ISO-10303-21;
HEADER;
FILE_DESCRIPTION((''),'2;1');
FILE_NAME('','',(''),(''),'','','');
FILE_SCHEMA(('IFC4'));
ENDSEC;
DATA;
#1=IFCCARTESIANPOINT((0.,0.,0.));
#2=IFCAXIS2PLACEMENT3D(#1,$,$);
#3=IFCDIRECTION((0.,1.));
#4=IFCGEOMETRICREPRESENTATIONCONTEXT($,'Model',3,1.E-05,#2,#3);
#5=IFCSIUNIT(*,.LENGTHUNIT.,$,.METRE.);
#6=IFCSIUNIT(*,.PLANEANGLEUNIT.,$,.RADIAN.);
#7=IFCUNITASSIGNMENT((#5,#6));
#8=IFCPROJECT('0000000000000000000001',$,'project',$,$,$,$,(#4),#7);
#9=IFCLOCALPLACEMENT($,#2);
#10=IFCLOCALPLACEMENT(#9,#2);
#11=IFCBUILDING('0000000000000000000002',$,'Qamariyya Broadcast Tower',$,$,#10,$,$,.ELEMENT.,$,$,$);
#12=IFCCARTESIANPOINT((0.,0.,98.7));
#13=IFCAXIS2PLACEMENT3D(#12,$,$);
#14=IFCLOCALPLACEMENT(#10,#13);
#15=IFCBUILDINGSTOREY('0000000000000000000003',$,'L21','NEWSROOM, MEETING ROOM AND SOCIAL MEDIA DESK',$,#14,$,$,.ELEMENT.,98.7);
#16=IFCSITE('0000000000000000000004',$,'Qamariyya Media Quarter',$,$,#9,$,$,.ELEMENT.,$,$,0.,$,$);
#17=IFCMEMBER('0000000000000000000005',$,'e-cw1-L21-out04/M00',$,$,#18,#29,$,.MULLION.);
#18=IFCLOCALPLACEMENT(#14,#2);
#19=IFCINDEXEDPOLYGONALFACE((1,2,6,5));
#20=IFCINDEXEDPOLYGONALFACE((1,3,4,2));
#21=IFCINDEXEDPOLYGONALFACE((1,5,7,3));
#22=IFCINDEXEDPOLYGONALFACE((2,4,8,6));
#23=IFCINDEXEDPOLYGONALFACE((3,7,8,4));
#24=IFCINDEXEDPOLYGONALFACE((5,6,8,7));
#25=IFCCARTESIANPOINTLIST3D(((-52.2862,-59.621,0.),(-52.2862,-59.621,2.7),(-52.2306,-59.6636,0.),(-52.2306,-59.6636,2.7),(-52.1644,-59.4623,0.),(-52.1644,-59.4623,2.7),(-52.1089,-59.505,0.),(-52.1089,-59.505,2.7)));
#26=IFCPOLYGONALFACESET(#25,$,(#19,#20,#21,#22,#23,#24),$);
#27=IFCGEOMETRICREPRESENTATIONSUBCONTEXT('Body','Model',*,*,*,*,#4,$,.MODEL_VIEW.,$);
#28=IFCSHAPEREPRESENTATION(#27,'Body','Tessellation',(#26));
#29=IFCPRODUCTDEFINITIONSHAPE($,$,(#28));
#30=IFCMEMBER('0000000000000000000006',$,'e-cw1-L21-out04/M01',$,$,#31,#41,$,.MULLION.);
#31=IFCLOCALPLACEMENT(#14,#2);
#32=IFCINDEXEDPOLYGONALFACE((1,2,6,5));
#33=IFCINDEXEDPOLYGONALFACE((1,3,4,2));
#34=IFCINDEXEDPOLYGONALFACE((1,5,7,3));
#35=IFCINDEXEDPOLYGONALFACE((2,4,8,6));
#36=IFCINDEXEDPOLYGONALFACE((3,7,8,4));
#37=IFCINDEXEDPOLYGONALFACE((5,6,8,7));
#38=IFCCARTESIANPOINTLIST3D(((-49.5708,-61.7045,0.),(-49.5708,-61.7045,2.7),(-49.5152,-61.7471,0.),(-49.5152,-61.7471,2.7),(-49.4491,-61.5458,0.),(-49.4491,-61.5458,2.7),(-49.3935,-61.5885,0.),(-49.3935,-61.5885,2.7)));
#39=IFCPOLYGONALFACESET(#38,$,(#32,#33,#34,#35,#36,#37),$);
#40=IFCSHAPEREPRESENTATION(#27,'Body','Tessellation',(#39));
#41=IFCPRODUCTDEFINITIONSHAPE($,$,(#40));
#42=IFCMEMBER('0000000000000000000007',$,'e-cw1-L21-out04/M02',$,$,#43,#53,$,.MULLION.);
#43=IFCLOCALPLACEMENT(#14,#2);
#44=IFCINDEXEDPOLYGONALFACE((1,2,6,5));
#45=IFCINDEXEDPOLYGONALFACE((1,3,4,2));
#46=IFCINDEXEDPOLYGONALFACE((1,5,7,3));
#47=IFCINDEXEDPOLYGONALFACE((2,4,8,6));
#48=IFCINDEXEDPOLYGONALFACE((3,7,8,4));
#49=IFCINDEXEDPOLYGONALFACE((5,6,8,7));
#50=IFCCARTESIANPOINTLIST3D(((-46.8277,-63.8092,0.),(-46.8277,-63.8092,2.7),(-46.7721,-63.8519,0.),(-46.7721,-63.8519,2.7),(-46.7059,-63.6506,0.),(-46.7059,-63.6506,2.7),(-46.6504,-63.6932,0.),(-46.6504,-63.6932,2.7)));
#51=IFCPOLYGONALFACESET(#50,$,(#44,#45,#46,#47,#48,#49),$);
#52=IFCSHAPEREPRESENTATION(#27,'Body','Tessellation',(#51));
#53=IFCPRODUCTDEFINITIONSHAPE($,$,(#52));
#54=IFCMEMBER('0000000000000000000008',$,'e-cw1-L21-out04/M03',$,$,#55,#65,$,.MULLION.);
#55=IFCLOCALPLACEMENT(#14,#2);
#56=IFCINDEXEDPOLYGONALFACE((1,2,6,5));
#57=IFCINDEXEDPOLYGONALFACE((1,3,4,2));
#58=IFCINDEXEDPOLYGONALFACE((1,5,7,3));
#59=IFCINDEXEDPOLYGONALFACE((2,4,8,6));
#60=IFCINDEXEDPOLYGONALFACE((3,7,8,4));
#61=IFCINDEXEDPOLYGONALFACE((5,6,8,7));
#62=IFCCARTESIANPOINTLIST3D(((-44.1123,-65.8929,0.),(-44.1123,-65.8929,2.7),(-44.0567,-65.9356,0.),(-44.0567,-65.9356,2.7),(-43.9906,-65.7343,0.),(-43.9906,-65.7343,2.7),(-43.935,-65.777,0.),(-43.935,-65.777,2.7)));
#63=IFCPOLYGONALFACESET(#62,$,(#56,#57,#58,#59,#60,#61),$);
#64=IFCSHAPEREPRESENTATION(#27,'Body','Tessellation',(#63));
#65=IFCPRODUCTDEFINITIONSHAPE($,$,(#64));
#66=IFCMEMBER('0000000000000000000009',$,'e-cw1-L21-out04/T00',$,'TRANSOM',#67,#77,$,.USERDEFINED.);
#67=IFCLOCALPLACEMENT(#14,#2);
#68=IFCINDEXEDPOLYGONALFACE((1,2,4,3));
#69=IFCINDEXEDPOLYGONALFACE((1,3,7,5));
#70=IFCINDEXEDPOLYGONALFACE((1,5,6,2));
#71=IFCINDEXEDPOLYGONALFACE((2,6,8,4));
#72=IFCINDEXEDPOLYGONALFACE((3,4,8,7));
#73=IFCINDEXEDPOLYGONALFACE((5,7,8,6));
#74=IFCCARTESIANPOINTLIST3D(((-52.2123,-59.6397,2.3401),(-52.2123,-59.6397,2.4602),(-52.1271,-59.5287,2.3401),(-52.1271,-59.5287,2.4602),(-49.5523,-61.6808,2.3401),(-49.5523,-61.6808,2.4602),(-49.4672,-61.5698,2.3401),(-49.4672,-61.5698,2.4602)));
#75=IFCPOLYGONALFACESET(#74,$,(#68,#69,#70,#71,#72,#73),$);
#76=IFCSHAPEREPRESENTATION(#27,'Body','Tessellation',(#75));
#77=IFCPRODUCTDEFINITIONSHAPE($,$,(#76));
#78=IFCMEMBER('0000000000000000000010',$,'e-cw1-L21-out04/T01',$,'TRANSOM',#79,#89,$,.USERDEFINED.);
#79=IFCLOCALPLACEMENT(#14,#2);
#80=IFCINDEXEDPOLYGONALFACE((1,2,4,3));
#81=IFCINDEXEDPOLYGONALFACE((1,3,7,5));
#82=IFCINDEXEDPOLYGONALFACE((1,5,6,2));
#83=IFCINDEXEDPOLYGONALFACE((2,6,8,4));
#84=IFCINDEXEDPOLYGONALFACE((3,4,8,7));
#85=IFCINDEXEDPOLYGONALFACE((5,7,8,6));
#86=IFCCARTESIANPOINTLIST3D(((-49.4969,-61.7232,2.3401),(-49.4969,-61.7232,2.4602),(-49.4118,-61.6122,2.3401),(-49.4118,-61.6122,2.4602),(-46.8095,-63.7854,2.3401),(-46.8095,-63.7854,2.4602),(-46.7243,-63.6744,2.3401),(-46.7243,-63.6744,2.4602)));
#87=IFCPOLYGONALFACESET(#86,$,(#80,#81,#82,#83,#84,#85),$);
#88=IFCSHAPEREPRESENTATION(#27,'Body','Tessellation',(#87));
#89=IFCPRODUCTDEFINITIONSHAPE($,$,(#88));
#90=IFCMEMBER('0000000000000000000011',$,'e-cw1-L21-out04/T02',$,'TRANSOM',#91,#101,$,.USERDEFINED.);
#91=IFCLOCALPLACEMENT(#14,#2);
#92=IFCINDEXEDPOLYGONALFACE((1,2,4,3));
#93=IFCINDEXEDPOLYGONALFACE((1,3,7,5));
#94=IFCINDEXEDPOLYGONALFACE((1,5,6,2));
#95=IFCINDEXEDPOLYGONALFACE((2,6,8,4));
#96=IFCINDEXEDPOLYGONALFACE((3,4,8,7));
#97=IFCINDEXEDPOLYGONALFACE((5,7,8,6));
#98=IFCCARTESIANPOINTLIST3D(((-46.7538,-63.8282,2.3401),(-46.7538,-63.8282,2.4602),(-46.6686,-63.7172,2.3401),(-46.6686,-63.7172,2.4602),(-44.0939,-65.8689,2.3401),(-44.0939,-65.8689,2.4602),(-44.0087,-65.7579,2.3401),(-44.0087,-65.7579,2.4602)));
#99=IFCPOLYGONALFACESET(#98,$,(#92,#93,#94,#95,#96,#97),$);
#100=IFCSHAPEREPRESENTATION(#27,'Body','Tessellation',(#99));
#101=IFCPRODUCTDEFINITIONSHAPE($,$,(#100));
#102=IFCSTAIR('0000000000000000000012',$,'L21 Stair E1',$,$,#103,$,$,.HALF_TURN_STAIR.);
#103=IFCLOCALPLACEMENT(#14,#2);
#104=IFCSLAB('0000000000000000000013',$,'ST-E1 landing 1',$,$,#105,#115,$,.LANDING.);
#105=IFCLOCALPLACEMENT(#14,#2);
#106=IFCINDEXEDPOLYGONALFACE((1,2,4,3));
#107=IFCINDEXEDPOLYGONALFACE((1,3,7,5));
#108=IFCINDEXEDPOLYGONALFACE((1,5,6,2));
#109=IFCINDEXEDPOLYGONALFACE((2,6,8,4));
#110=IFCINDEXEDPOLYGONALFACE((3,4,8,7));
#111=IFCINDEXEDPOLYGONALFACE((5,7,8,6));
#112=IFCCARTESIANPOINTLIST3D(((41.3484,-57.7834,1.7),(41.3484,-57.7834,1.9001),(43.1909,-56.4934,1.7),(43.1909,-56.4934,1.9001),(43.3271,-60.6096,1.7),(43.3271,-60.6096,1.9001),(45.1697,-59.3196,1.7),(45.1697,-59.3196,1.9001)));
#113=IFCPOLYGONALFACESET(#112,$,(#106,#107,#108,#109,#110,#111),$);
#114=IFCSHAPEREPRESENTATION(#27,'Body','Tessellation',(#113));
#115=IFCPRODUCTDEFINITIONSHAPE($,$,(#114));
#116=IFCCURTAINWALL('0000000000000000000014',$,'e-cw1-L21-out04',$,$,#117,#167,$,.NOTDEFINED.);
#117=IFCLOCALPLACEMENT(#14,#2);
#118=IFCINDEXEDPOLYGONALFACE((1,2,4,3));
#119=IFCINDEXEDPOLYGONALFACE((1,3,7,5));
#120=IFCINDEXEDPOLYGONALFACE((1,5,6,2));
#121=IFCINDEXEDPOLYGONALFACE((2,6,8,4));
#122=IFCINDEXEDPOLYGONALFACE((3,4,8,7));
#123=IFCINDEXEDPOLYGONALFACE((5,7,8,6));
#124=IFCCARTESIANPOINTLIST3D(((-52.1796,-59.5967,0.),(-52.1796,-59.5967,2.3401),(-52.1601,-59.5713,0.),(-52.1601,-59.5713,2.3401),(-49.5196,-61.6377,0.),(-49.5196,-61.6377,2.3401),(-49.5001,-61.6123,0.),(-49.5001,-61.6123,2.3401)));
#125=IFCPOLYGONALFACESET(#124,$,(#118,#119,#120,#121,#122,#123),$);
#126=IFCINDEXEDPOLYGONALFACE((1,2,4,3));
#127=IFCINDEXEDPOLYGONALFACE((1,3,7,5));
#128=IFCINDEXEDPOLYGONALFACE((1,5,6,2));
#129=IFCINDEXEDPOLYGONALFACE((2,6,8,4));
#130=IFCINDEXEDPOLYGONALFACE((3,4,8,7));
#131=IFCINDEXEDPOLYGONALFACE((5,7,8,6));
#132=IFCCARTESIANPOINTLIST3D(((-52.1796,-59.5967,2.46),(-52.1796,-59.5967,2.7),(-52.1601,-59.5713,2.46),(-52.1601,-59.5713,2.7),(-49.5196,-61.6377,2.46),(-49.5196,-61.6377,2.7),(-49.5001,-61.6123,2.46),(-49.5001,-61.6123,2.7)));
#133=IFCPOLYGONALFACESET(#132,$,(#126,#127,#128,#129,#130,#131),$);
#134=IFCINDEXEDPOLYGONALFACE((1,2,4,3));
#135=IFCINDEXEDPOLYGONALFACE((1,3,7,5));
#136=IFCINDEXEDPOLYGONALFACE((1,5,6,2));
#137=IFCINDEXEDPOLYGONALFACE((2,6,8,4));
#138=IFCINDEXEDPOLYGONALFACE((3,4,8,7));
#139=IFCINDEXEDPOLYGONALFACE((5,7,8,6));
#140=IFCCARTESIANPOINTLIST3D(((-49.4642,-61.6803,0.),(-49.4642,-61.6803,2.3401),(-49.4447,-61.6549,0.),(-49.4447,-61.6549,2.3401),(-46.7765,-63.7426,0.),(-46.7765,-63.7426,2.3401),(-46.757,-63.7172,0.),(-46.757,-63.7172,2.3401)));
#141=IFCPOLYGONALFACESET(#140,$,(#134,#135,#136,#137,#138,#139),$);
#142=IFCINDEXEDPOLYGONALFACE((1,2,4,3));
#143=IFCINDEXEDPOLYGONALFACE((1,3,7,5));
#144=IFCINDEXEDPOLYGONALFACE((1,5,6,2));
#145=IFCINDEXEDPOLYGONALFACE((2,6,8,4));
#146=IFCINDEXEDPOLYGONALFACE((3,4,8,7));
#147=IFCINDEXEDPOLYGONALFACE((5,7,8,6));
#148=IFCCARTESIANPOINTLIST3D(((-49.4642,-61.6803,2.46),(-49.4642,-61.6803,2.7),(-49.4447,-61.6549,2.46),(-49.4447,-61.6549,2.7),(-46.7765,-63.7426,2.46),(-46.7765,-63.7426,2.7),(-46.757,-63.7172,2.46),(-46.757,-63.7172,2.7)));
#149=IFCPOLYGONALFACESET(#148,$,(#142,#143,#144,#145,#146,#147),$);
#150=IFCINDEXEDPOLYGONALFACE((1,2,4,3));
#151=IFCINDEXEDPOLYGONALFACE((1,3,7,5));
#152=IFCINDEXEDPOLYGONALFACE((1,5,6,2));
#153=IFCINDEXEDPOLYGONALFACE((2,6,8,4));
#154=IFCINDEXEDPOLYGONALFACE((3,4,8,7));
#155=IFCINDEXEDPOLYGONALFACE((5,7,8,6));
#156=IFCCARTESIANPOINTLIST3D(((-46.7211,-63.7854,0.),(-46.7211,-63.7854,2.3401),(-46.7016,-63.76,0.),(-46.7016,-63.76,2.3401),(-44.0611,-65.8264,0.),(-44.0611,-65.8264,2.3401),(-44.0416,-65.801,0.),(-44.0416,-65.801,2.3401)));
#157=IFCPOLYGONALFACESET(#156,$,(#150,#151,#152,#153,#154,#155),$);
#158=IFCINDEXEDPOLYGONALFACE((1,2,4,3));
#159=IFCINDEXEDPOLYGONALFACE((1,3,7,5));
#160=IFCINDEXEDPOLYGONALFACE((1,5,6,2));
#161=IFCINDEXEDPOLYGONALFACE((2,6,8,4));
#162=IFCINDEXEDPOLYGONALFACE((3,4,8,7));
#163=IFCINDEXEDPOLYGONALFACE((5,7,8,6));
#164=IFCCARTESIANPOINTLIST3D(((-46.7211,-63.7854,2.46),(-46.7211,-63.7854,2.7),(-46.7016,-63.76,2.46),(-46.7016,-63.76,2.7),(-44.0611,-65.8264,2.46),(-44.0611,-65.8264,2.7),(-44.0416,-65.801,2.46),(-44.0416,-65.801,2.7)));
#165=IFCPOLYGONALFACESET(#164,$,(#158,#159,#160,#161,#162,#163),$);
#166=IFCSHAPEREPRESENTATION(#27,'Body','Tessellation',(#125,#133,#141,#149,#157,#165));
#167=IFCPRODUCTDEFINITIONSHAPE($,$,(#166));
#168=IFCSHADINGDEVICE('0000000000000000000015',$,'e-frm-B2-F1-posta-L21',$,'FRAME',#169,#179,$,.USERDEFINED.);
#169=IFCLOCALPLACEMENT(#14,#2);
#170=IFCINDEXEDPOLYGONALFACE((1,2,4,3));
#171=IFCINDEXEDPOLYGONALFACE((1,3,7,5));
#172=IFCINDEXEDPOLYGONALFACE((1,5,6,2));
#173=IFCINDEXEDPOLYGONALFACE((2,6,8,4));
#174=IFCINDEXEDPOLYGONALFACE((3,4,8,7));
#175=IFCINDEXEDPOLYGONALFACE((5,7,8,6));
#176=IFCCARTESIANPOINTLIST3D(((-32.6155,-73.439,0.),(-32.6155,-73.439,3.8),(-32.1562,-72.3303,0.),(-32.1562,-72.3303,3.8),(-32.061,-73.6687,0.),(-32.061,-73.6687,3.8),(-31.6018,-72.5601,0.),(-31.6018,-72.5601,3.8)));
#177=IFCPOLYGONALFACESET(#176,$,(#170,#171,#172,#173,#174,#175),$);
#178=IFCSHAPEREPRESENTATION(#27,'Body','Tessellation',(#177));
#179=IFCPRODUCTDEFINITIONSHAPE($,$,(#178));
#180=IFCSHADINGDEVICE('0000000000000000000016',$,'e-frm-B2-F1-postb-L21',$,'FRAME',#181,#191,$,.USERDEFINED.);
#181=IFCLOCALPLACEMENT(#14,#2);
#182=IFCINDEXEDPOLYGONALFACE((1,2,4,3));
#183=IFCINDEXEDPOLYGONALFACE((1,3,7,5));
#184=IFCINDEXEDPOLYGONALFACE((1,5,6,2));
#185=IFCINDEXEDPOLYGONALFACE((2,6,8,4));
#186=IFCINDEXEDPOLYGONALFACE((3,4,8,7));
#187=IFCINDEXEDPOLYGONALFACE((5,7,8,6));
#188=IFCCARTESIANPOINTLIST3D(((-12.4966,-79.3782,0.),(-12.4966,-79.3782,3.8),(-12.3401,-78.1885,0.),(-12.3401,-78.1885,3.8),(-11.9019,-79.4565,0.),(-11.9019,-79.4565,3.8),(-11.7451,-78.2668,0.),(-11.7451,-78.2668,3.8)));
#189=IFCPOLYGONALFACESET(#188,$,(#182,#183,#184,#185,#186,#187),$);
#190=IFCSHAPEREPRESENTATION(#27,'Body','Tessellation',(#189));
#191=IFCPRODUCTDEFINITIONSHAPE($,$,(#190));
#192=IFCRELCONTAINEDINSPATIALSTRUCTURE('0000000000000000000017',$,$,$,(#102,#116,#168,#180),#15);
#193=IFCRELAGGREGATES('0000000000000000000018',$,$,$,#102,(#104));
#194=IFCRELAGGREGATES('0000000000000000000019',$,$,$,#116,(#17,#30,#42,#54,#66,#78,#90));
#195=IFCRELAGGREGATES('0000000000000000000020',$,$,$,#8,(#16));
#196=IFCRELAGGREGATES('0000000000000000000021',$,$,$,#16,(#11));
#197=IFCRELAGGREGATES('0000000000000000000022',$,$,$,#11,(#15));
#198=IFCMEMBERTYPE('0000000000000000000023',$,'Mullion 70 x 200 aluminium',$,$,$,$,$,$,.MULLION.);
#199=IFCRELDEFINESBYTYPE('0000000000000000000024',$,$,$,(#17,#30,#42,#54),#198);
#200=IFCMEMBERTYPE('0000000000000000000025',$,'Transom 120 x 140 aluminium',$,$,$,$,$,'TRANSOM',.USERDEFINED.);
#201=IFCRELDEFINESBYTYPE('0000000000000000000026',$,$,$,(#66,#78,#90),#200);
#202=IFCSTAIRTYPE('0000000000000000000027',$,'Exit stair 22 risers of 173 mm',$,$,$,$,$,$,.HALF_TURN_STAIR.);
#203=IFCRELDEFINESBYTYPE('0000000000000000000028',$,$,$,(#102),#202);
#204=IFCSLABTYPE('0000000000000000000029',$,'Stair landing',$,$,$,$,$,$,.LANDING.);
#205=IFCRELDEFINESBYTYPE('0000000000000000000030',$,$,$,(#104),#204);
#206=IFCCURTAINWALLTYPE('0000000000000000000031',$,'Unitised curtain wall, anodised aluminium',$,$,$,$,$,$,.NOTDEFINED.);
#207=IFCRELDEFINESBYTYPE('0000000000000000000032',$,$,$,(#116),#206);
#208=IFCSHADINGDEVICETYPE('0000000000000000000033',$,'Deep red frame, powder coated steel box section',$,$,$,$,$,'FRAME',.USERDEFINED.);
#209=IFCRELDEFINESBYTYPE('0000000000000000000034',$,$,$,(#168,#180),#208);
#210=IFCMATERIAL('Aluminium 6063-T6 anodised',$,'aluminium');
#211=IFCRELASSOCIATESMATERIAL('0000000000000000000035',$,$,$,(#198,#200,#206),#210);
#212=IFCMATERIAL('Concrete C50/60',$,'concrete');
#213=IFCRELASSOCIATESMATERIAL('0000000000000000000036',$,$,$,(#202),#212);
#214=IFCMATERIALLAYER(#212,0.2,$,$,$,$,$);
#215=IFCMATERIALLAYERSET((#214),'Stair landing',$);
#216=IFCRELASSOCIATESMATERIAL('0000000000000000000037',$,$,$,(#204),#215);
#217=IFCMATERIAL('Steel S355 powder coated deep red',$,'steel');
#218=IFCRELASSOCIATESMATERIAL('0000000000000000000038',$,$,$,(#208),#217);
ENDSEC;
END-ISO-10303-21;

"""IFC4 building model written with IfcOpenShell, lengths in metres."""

from ifc_helpers import new_model, si_unit, direction, frame, origin, origin_2d, place, context, subcontext, project, spatial, polyline, rectangle, outline, extrude, material, layer, layer_set, material_profile, profile_set, type_object, element, aggregate, save


model = new_model("IFC4")

# Units and contexts
model_context = context("Model", 3, precision=1e-05, world=origin(), true_north=direction((0.0, 1.0)))
body_context = subcontext(model_context, "Body", "Model", "MODEL_VIEW")
ifc_project = project(units=[si_unit("LENGTHUNIT", "METRE"), si_unit("PLANEANGLEUNIT", "RADIAN")], contexts=[model_context])

# Members
ifc_material_1 = material(Name="Aluminium 6063-T6 anodised", Category="aluminium")
ifc_material_profile_1 = material_profile(ifc_material_1, rectangle(XDim=0.2, YDim=0.0701, at=origin_2d()))
ifc_profile_set_1 = profile_set([ifc_material_profile_1], Name="Aluminium 6063-T6 anodised")
member_type_1 = type_object("IfcMemberType", Name="Mullion 70 x 200 aluminium", PredefinedType="MULLION", material=ifc_profile_set_1)
site_placement = place(None, origin())
building_placement = place(site_placement, origin())
storey_placement = place(building_placement, frame((0.0, 0.0, 98.7)))
member_1_placement = place(storey_placement, frame((-52.1975, -59.563, 0.0), z_axis=(0.0, 0.0, 1.0), x_axis=(0.608761, 0.793353, 0.0)))
member_1 = element("IfcMember", 1, at=member_1_placement, type_object=member_type_1, Name="e-cw1-L21-out04/M00", PredefinedType="MULLION", context=body_context, shape_type="SweptSolid", body=[
    extrude(rectangle(XDim=0.2, YDim=0.0701, at=origin_2d()), origin(), (0.0, 0.0, 1.0), 2.7),
])
member_2_placement = place(storey_placement, frame((-49.4822, -61.6465, 0.0), z_axis=(0.0, 0.0, 1.0), x_axis=(0.608761, 0.793353, 0.0)))
member_2 = element("IfcMember", 2, at=member_2_placement, type_object=member_type_1, Name="e-cw1-L21-out04/M01", PredefinedType="MULLION", context=body_context, shape_type="SweptSolid", body=[
    extrude(rectangle(XDim=0.2, YDim=0.0701, at=origin_2d()), origin(), (0.0, 0.0, 1.0), 2.7),
])
member_3_placement = place(storey_placement, frame((-46.739, -63.7512, 0.0), z_axis=(0.0, 0.0, 1.0), x_axis=(0.608761, 0.793353, 0.0)))
member_3 = element("IfcMember", 3, at=member_3_placement, type_object=member_type_1, Name="e-cw1-L21-out04/M02", PredefinedType="MULLION", context=body_context, shape_type="SweptSolid", body=[
    extrude(rectangle(XDim=0.2, YDim=0.0701, at=origin_2d()), origin(), (0.0, 0.0, 1.0), 2.7),
])
member_4_placement = place(storey_placement, frame((-44.0237, -65.835, 0.0), z_axis=(0.0, 0.0, 1.0), x_axis=(0.608761, 0.793353, 0.0)))
member_4 = element("IfcMember", 4, at=member_4_placement, type_object=member_type_1, Name="e-cw1-L21-out04/M03", PredefinedType="MULLION", context=body_context, shape_type="SweptSolid", body=[
    extrude(rectangle(XDim=0.2, YDim=0.0701, at=origin_2d()), origin(), (0.0, 0.0, 1.0), 2.7),
])
ifc_material_profile_2 = material_profile(ifc_material_1, rectangle(XDim=0.1399, YDim=0.1201, at=origin_2d()))
ifc_profile_set_2 = profile_set([ifc_material_profile_2], Name="Aluminium 6063-T6 anodised")
member_type_2 = type_object("IfcMemberType", Name="Transom 120 x 140 aluminium", ElementType="TRANSOM", PredefinedType="USERDEFINED", material=ifc_profile_set_2)
member_5_placement = place(storey_placement, frame((-52.1697, -59.5842, 2.4001), z_axis=(0.793354, -0.60876, 0.0), x_axis=(0.60876, 0.793354, 0.0)))
member_5 = element("IfcMember", 5, at=member_5_placement, type_object=member_type_2, Name="e-cw1-L21-out04/T00", ObjectType="TRANSOM", PredefinedType="USERDEFINED", context=body_context, shape_type="SweptSolid", body=[
    extrude(rectangle(XDim=0.1399, YDim=0.1201, at=origin_2d()), origin(), (0.0, 0.0, 1.0), 3.3528),
])
member_6_placement = place(storey_placement, frame((-49.4543, -61.6677, 2.4001), z_axis=(0.793344, -0.608773, 0.0), x_axis=(0.608773, 0.793344, 0.0)))
member_6 = element("IfcMember", 6, at=member_6_placement, type_object=member_type_2, Name="e-cw1-L21-out04/T01", ObjectType="TRANSOM", PredefinedType="USERDEFINED", context=body_context, shape_type="SweptSolid", body=[
    extrude(rectangle(XDim=0.1399, YDim=0.1201, at=origin_2d()), origin(), (0.0, 0.0, 1.0), 3.3875),
])
member_7_placement = place(storey_placement, frame((-46.7112, -63.7727, 2.4001), z_axis=(0.793389, -0.608714, 0.0), x_axis=(0.608714, 0.793389, 0.0)))
member_7 = element("IfcMember", 7, at=member_7_placement, type_object=member_type_2, Name="e-cw1-L21-out04/T02", ObjectType="TRANSOM", PredefinedType="USERDEFINED", context=body_context, shape_type="SweptSolid", body=[
    extrude(rectangle(XDim=0.1399, YDim=0.1201, at=origin_2d()), origin(), (0.0, 0.0, 1.0), 3.3525),
])

# Site, building, storey
site = spatial("IfcSite", under=ifc_project, at=site_placement, Name="Qamariyya Media Quarter", CompositionType="ELEMENT", RefElevation=0.0)
building = spatial("IfcBuilding", under=site, at=building_placement, Name="Qamariyya Broadcast Tower", CompositionType="ELEMENT")
storey = spatial("IfcBuildingStorey", under=building, at=storey_placement, Name="L21", Description="NEWSROOM, MEETING ROOM AND SOCIAL MEDIA DESK", CompositionType="ELEMENT", Elevation=98.7)

# Stair, slab
ifc_material_2 = material(Name="Concrete C50/60", Category="concrete")
stair_type = type_object("IfcStairType", Name="Exit stair 22 risers of 173 mm", PredefinedType="HALF_TURN_STAIR", material=ifc_material_2)
stair_placement = place(storey_placement, origin())
stair = element("IfcStair", 8, at=stair_placement, inside=storey, type_object=stair_type, Name="L21 Stair E1", PredefinedType="HALF_TURN_STAIR")
ifc_layer = layer(ifc_material_2, 0.2)
ifc_layer_set = layer_set([ifc_layer], Name="Stair landing")
slab_type = type_object("IfcSlabType", Name="Stair landing", PredefinedType="LANDING", material=ifc_layer_set)
slab_placement = place(storey_placement, frame((0.0, 0.0, 1.7)))
slab = element("IfcSlab", 9, at=slab_placement, type_object=slab_type, Name="ST-E1 landing 1", PredefinedType="LANDING", context=body_context, shape_type="SweptSolid", body=[
    extrude(outline(polyline([(43.1909, -56.4934), (41.3484, -57.7834), (43.3271, -60.6096), (45.1697, -59.3196), (43.1909, -56.4934)])), origin(), (0.0, 0.0, 1.0), 0.2002),
])
aggregate(stair, [slab])

# Curtain wall
curtain_wall_type = type_object("IfcCurtainWallType", Name="Unitised curtain wall, anodised aluminium", PredefinedType="NOTDEFINED", material=ifc_material_1)
curtain_wall_1_placement = place(storey_placement, origin())
curtain_wall_1 = element("IfcCurtainWall", 10, at=curtain_wall_1_placement, inside=storey, type_object=curtain_wall_type, Name="e-cw1-L21-out04", PredefinedType="NOTDEFINED", context=body_context, shape_type="SweptSolid", body=[
    extrude(rectangle(XDim=3.3528, YDim=0.032, at=origin_2d()), frame((-50.8398, -60.6045, 0.0), x_axis=(0.793354, -0.608761, 0.0)), (0.0, 0.0, 1.0), 2.3401),
    extrude(rectangle(XDim=3.3528, YDim=0.032, at=origin_2d()), frame((-50.8398, -60.6045, 2.46), x_axis=(0.793354, -0.608761, 0.0)), (0.0, 0.0, 1.0), 0.24),
    extrude(rectangle(XDim=3.3877, YDim=0.032, at=origin_2d()), frame((-48.1106, -62.6987, 0.0), x_axis=(0.793354, -0.608761, 0.0)), (0.0, 0.0, 1.0), 2.3401),
    extrude(rectangle(XDim=3.3877, YDim=0.032, at=origin_2d()), frame((-48.1106, -62.6987, 2.46), x_axis=(0.793354, -0.608761, 0.0)), (0.0, 0.0, 1.0), 0.24),
    extrude(rectangle(XDim=3.3528, YDim=0.032, at=origin_2d()), frame((-45.3813, -64.7932, 0.0), x_axis=(0.793354, -0.608761, 0.0)), (0.0, 0.0, 1.0), 2.3401),
    extrude(rectangle(XDim=3.3528, YDim=0.032, at=origin_2d()), frame((-45.3813, -64.7932, 2.46), x_axis=(0.793354, -0.608761, 0.0)), (0.0, 0.0, 1.0), 0.24),
])
aggregate(curtain_wall_1, [member_1, member_2, member_3, member_4, member_5, member_6, member_7])

# Shading devices
ifc_material_3 = material(Name="Steel S355 powder coated deep red", Category="steel")
shading_device_type = type_object("IfcShadingDeviceType", Name="Deep red frame, powder coated steel box section", ElementType="FRAME", PredefinedType="USERDEFINED", material=ifc_material_3)
shading_device_1_placement = place(storey_placement, origin())
element("IfcShadingDevice", 11, at=shading_device_1_placement, inside=storey, type_object=shading_device_type, Name="e-frm-B2-F1-posta-L21", ObjectType="FRAME", PredefinedType="USERDEFINED", context=body_context, shape_type="SweptSolid", body=[
    extrude(outline(polyline([(-32.1562, -72.3303), (-32.6155, -73.439), (-32.061, -73.6687), (-31.6018, -72.5601), (-32.1562, -72.3303)])), origin(), (0.0, 0.0, 1.0), 3.8),
])
shading_device_2_placement = place(storey_placement, origin())
element("IfcShadingDevice", 12, at=shading_device_2_placement, inside=storey, type_object=shading_device_type, Name="e-frm-B2-F1-postb-L21", ObjectType="FRAME", PredefinedType="USERDEFINED", context=body_context, shape_type="SweptSolid", body=[
    extrude(outline(polyline([(-12.3401, -78.1885), (-12.4966, -79.3782), (-11.9019, -79.4565), (-11.7451, -78.2668), (-12.3401, -78.1885)])), origin(), (0.0, 0.0, 1.0), 3.8),
])

save(model, "model.ifc")
